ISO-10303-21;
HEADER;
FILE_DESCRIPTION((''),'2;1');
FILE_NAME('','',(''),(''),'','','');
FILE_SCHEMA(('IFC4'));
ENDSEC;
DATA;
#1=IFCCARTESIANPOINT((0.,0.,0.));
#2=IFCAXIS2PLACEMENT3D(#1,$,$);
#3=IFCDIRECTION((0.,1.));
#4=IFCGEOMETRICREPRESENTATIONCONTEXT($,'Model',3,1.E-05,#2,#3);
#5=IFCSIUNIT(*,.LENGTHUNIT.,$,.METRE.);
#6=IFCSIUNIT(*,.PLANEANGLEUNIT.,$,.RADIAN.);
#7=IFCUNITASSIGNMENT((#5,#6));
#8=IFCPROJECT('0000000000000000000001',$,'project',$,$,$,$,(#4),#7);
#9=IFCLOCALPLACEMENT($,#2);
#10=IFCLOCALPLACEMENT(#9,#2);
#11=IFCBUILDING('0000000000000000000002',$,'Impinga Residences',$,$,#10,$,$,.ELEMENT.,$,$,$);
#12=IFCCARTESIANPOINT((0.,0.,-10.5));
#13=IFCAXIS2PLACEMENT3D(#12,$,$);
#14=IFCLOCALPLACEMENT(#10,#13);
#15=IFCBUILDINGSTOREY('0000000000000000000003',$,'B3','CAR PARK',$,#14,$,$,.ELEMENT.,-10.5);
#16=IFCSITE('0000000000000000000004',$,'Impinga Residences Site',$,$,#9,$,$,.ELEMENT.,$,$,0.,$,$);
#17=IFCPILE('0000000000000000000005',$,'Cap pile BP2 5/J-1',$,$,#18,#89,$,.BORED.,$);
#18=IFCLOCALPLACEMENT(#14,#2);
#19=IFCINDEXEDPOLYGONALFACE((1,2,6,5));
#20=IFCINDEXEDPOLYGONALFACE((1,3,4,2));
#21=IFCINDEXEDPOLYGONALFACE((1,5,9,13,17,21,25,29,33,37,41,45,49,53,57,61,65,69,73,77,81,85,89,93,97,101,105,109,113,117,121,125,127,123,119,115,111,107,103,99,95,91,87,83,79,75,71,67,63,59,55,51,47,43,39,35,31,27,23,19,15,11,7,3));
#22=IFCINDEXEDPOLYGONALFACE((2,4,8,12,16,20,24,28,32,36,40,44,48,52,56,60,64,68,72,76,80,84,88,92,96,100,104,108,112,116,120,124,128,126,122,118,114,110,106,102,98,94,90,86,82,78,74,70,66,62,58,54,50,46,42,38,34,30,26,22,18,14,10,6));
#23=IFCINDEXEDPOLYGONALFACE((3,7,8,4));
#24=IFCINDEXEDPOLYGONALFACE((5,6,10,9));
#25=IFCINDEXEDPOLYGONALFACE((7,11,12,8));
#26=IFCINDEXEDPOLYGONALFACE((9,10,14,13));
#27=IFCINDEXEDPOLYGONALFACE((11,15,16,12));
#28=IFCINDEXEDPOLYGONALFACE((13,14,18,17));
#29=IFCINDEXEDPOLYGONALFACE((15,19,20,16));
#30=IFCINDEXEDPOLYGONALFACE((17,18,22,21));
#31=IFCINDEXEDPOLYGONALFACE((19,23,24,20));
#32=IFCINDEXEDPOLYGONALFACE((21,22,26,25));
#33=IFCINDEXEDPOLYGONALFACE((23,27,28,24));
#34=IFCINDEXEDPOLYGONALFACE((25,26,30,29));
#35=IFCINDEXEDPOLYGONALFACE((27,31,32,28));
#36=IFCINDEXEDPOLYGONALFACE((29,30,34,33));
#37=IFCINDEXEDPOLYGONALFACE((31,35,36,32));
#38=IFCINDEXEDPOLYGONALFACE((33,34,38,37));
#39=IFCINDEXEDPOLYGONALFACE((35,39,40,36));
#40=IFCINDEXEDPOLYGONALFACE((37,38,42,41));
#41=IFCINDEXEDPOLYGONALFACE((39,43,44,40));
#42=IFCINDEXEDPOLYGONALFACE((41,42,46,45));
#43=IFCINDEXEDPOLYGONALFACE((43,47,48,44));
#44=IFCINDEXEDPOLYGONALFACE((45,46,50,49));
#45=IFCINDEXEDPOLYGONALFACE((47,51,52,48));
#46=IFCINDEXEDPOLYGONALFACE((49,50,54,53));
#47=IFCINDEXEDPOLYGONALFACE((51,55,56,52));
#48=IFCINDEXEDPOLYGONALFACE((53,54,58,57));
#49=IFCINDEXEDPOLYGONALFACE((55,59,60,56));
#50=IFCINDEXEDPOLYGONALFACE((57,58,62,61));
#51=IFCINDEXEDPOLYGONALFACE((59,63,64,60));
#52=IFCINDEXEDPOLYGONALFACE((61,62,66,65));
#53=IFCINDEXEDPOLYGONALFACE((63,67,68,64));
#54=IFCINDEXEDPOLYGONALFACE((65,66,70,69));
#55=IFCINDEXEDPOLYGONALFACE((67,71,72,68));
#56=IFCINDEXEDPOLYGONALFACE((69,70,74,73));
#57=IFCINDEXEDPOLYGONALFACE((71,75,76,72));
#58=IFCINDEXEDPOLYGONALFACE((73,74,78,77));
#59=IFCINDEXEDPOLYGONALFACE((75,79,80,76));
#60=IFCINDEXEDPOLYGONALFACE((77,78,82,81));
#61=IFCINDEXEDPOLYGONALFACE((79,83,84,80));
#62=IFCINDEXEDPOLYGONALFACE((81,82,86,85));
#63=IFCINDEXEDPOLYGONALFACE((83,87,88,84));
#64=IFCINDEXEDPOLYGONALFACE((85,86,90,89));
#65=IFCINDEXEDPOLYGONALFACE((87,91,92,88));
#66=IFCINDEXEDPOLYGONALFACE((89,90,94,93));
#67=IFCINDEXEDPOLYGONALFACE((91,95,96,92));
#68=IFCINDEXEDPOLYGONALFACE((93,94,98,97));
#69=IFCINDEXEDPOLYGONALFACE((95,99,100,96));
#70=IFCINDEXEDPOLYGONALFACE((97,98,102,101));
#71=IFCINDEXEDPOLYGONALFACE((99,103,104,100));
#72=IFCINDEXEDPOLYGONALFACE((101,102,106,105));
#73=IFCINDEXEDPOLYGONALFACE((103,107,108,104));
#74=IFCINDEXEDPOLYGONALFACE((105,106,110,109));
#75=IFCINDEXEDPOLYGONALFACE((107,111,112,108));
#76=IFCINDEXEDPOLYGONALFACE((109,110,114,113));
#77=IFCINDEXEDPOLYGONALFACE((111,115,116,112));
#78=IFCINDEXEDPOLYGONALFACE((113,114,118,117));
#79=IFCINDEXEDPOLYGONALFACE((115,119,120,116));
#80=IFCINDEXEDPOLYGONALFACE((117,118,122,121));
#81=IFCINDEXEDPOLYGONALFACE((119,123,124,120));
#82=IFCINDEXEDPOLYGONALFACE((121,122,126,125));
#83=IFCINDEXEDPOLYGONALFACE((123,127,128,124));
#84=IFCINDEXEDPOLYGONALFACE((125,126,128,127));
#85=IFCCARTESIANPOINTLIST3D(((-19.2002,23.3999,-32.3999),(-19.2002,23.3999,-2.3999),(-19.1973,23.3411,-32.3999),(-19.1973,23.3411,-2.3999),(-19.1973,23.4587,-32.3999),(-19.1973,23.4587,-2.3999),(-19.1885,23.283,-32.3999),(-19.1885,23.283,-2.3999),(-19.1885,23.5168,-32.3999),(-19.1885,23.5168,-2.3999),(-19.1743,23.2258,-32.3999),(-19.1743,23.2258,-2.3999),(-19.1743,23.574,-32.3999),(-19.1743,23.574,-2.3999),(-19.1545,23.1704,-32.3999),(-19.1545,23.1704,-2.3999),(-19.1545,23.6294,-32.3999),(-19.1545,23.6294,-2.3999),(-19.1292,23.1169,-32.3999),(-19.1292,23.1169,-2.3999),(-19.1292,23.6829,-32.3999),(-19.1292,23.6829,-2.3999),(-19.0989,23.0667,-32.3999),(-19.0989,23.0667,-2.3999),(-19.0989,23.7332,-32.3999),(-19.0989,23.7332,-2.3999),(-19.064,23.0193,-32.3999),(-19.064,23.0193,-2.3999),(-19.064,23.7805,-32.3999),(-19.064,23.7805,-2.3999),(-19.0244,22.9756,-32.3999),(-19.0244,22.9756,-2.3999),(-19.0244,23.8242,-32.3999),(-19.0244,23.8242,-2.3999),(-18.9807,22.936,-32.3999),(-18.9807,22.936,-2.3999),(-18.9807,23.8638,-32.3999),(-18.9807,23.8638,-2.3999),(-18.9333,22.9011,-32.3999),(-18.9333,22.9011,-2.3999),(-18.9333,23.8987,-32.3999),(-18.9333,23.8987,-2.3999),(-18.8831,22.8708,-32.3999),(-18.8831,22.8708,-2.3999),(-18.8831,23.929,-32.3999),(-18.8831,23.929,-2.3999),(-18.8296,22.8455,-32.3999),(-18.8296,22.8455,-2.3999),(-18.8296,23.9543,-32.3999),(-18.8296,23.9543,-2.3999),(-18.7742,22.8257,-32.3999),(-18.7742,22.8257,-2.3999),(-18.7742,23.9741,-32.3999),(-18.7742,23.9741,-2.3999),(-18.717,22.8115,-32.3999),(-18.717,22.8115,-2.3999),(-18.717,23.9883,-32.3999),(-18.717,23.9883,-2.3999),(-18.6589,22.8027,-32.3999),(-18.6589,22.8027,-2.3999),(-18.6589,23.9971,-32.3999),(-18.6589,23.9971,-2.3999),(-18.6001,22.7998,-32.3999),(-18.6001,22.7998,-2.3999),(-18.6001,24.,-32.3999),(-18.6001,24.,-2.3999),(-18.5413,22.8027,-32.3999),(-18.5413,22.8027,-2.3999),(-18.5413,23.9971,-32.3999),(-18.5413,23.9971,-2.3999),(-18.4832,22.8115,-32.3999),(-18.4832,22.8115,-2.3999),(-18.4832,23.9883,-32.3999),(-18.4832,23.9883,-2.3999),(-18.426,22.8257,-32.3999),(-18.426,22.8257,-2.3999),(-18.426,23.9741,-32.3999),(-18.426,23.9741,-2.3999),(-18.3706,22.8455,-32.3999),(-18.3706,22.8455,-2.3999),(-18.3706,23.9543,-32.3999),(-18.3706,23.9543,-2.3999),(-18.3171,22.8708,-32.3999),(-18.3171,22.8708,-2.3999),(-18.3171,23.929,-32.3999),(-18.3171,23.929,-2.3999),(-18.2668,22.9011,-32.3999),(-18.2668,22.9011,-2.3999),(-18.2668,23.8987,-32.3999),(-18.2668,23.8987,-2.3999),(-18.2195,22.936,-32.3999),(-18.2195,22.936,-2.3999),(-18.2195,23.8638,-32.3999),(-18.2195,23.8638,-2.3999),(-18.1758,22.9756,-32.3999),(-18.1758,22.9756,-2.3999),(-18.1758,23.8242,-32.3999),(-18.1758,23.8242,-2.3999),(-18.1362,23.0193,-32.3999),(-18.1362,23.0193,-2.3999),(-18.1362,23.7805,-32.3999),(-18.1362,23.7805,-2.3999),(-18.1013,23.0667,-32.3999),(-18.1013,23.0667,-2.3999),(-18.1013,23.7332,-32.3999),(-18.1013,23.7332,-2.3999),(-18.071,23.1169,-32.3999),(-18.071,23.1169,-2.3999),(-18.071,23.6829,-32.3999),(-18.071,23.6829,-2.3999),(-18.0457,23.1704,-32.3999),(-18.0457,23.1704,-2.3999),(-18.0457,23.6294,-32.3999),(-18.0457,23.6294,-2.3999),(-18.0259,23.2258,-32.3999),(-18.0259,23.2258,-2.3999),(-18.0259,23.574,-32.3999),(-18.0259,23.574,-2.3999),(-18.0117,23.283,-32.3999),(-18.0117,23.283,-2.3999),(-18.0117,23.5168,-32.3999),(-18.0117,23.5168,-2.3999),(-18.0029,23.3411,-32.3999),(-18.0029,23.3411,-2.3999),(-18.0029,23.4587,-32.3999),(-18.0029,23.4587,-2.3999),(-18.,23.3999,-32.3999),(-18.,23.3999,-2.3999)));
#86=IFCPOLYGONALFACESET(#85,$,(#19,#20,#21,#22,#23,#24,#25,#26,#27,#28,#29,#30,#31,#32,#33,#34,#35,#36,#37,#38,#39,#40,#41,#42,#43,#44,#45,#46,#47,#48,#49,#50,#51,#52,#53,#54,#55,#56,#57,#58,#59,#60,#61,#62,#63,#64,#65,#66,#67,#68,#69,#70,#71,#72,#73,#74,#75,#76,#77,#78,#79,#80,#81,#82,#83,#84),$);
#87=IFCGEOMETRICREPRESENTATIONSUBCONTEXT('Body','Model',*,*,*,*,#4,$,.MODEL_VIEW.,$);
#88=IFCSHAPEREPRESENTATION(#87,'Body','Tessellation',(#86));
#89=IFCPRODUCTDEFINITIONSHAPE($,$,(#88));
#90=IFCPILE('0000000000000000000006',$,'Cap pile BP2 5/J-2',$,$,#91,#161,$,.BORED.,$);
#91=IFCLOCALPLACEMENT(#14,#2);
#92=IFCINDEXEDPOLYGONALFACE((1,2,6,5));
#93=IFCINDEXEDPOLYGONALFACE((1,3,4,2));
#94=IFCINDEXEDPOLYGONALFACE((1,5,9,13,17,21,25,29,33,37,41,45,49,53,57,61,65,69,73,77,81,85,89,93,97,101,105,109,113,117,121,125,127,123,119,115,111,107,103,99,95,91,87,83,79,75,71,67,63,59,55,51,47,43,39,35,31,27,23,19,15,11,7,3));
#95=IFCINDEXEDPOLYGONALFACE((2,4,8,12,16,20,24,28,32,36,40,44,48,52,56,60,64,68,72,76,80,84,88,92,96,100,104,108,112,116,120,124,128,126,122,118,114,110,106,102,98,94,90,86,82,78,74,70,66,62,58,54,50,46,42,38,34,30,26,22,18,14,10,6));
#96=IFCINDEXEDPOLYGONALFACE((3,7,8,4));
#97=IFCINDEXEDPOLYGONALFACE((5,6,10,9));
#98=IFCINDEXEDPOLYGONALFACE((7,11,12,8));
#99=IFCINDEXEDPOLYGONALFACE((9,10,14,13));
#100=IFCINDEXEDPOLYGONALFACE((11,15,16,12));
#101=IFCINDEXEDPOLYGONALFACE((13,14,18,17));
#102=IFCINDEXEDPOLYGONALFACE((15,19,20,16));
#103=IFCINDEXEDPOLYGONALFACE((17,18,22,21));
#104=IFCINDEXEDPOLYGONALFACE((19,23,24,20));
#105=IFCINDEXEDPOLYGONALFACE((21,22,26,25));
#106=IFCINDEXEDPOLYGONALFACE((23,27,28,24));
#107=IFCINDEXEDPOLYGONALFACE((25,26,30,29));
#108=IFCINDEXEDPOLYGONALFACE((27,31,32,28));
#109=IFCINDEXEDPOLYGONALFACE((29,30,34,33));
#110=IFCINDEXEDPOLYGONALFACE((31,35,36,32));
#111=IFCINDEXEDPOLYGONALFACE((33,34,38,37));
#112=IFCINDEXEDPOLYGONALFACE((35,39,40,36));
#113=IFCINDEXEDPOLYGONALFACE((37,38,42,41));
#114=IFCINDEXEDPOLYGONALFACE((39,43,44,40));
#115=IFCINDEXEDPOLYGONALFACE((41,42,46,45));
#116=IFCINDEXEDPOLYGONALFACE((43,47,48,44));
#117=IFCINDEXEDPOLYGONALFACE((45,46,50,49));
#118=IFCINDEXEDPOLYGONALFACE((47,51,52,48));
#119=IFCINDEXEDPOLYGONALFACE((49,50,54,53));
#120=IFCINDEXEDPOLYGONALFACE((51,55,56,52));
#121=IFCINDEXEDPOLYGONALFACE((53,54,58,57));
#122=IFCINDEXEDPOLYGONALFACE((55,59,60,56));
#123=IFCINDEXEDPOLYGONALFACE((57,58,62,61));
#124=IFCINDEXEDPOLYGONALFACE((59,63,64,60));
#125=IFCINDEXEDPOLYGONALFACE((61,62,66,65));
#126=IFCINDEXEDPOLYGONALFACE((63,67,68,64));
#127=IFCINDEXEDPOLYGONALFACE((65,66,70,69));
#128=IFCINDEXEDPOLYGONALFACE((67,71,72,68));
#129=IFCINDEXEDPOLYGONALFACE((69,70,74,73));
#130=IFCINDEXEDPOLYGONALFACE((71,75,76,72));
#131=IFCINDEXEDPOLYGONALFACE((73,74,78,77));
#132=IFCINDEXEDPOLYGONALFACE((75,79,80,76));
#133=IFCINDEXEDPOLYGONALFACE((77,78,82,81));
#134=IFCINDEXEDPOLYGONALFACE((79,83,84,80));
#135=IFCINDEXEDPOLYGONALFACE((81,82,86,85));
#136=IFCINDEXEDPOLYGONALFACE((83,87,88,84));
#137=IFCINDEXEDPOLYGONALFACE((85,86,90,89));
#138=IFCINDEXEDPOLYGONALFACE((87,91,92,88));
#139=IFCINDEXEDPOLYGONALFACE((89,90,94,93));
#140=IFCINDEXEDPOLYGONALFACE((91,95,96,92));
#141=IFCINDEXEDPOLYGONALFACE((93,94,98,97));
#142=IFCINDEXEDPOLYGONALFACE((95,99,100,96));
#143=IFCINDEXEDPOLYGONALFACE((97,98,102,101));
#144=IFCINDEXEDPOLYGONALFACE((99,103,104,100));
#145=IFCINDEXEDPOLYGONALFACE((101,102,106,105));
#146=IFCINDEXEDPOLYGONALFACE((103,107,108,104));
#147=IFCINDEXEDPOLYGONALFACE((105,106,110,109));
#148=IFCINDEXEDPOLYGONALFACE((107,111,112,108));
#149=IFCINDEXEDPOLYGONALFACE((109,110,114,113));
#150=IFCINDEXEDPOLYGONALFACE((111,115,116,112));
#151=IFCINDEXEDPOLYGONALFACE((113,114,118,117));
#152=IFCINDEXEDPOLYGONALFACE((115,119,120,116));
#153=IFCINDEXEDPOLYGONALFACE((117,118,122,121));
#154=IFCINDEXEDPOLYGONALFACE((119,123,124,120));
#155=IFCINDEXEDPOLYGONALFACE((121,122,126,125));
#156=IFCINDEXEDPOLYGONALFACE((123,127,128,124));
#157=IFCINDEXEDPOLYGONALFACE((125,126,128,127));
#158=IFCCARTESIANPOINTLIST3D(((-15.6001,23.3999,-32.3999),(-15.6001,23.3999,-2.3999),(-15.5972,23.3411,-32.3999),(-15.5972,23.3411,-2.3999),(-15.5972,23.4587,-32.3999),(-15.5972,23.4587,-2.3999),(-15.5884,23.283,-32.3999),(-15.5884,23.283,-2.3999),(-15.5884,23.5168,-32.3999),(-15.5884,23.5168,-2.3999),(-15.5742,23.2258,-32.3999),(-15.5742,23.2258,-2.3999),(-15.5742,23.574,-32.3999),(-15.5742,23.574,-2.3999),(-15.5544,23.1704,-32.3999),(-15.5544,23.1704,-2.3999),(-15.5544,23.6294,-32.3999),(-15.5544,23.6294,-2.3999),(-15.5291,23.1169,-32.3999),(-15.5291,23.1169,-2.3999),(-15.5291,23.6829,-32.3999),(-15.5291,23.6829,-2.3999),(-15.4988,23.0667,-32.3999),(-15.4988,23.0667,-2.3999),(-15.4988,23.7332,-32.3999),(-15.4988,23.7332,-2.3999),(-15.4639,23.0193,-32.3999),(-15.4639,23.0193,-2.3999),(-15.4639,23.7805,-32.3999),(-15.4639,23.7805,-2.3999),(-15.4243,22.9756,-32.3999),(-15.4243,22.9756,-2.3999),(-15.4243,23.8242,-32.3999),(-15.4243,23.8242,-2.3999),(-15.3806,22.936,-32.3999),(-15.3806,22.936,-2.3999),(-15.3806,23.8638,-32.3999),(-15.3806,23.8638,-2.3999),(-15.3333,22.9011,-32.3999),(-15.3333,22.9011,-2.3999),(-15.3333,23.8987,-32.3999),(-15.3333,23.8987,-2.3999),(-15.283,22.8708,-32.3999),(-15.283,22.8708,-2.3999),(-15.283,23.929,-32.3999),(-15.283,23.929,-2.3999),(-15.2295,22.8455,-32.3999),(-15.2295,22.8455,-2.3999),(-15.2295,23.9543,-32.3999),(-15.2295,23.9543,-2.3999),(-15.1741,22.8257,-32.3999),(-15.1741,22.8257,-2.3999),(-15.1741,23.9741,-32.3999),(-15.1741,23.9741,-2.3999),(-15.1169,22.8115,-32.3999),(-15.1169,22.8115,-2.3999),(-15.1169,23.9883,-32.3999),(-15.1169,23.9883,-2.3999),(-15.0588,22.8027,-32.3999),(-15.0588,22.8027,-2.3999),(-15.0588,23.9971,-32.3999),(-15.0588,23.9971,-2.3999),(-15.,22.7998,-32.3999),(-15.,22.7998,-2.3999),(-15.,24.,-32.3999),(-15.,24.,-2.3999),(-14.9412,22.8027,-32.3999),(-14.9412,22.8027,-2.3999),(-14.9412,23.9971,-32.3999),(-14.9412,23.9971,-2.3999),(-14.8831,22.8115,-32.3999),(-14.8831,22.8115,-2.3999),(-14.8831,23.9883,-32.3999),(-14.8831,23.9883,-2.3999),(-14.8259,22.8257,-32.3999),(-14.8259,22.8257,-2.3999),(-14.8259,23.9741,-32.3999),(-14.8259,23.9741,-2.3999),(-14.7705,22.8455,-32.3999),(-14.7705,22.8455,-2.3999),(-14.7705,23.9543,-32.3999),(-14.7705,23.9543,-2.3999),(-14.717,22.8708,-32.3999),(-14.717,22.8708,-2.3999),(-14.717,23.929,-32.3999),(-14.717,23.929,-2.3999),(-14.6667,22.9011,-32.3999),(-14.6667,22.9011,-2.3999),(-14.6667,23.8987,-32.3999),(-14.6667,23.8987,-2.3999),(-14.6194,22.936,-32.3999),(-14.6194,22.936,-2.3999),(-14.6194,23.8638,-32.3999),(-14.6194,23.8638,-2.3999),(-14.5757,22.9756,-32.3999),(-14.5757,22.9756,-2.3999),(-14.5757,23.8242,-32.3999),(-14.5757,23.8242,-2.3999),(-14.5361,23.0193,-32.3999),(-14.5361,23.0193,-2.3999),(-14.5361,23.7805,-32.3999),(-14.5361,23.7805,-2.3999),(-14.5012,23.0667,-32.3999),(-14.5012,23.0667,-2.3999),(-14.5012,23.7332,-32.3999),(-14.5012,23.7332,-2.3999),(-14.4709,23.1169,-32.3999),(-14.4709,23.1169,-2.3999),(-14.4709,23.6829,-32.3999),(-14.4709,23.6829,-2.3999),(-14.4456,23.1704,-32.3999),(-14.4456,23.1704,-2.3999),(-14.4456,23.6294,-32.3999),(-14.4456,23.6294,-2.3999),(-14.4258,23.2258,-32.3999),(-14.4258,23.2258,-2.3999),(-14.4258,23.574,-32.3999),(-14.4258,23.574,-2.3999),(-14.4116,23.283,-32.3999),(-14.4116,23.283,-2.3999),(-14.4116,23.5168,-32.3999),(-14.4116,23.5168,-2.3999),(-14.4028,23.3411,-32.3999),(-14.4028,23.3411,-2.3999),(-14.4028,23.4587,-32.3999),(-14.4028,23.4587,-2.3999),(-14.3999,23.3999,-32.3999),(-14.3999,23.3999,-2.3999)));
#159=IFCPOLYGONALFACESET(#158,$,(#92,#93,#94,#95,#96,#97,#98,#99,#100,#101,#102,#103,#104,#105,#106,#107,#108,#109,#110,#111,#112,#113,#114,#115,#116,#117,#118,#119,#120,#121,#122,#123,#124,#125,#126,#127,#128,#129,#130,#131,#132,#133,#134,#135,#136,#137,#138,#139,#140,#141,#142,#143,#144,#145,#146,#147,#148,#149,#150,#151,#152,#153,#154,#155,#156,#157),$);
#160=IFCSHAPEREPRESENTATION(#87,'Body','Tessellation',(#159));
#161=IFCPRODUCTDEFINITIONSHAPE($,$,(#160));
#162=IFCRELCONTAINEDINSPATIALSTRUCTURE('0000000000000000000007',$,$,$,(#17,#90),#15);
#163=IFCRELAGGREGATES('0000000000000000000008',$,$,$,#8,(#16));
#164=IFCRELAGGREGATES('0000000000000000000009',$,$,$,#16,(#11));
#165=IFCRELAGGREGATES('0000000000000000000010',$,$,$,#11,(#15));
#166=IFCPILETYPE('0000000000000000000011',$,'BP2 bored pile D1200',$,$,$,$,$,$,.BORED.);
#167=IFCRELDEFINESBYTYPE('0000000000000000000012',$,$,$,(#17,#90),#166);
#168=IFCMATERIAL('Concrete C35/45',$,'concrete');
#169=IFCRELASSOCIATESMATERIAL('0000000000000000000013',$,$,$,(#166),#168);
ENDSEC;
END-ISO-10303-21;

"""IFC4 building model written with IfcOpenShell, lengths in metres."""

from ifc_helpers import new_model, si_unit, direction, frame, origin, origin_2d, place, context, subcontext, project, spatial, polyline, circle, outline, extrude, material, material_profile, profile_set, type_object, element, save


model = new_model("IFC4")

# Units and contexts
model_context = context("Model", 3, precision=1e-05, world=origin(), true_north=direction((0.0, 1.0)))
body_context = subcontext(model_context, "Body", "Model", "MODEL_VIEW")
ifc_project = project(units=[si_unit("LENGTHUNIT", "METRE"), si_unit("PLANEANGLEUNIT", "RADIAN")], contexts=[model_context])

# Site, building, storey
site_placement = place(None, origin())
site = spatial("IfcSite", under=ifc_project, at=site_placement, Name="Impinga Residences Site", CompositionType="ELEMENT", RefElevation=0.0)
building_placement = place(site_placement, origin())
building = spatial("IfcBuilding", under=site, at=building_placement, Name="Impinga Residences", CompositionType="ELEMENT")
storey_placement = place(building_placement, frame((0.0, 0.0, -10.5)))
storey = spatial("IfcBuildingStorey", under=building, at=storey_placement, Name="B3", Description="CAR PARK", CompositionType="ELEMENT", Elevation=-10.5)

# Piles
ifc_material_1 = material(Name="Concrete C35/45", Category="concrete")
ifc_material_profile_1 = material_profile(ifc_material_1, circle(Radius=0.6001, at=origin_2d()), Name="D1200")
ifc_profile_set_1 = profile_set([ifc_material_profile_1], Name="Concrete C35/45")
pile_type_1 = type_object("IfcPileType", Name="BP2 bored pile D1200", PredefinedType="BORED", material=ifc_profile_set_1)
pile_1_placement = place(storey_placement, frame((-18.6001, 23.3999, -2.3999), z_axis=(0.0, 0.0, -1.0), x_axis=(1.0, 0.0, 0.0)))
element("IfcPile", 1, at=pile_1_placement, inside=storey, type_object=pile_type_1, Name="Cap pile BP2 5/J-1", PredefinedType="BORED", context=body_context, shape_type="SweptSolid", body=[
    extrude(outline(polyline([(0.6001, 0.0), (0.5972, 0.0588), (0.5884, 0.1169), (0.5742, 0.1741), (0.5544, 0.2295), (0.5291, 0.283), (0.4988, 0.3333), (0.4639, 0.3806), (0.4243, 0.4243), (0.3806, 0.4639), (0.3333, 0.4988), (0.283, 0.5291), (0.2295, 0.5544), (0.1741, 0.5742), (0.1169, 0.5884), (0.0588, 0.5972), (0.0, 0.6001), (-0.0588, 0.5972), (-0.1169, 0.5884), (-0.1741, 0.5742), (-0.2295, 0.5544), (-0.283, 0.5291), (-0.3333, 0.4988), (-0.3806, 0.4639), (-0.4243, 0.4243), (-0.4639, 0.3806), (-0.4988, 0.3333), (-0.5291, 0.283), (-0.5544, 0.2295), (-0.5742, 0.1741), (-0.5884, 0.1169), (-0.5972, 0.0588), (-0.6001, 0.0), (-0.5972, -0.0588), (-0.5884, -0.1169), (-0.5742, -0.1741), (-0.5544, -0.2295), (-0.5291, -0.283), (-0.4988, -0.3333), (-0.4639, -0.3806), (-0.4243, -0.4243), (-0.3806, -0.4639), (-0.3333, -0.4988), (-0.283, -0.5291), (-0.2295, -0.5544), (-0.1741, -0.5742), (-0.1169, -0.5884), (-0.0588, -0.5972), (0.0, -0.6001), (0.0588, -0.5972), (0.1169, -0.5884), (0.1741, -0.5742), (0.2295, -0.5544), (0.283, -0.5291), (0.3333, -0.4988), (0.3806, -0.4639), (0.4243, -0.4243), (0.4639, -0.3806), (0.4988, -0.3333), (0.5291, -0.283), (0.5544, -0.2295), (0.5742, -0.1741), (0.5884, -0.1169), (0.5972, -0.0588), (0.6001, 0.0)])), origin(), (0.0, 0.0, 1.0), 30.0),
])
pile_2_placement = place(storey_placement, frame((-15.0, 23.3999, -2.3999), z_axis=(0.0, 0.0, -1.0), x_axis=(1.0, 0.0, 0.0)))
element("IfcPile", 2, at=pile_2_placement, inside=storey, type_object=pile_type_1, Name="Cap pile BP2 5/J-2", PredefinedType="BORED", context=body_context, shape_type="SweptSolid", body=[
    extrude(outline(polyline([(0.6001, 0.0), (0.5972, 0.0588), (0.5884, 0.1169), (0.5742, 0.1741), (0.5544, 0.2295), (0.5291, 0.283), (0.4988, 0.3333), (0.4639, 0.3806), (0.4243, 0.4243), (0.3806, 0.4639), (0.3333, 0.4988), (0.283, 0.5291), (0.2295, 0.5544), (0.1741, 0.5742), (0.1169, 0.5884), (0.0588, 0.5972), (0.0, 0.6001), (-0.0588, 0.5972), (-0.1169, 0.5884), (-0.1741, 0.5742), (-0.2295, 0.5544), (-0.283, 0.5291), (-0.3333, 0.4988), (-0.3806, 0.4639), (-0.4243, 0.4243), (-0.4639, 0.3806), (-0.4988, 0.3333), (-0.5291, 0.283), (-0.5544, 0.2295), (-0.5742, 0.1741), (-0.5884, 0.1169), (-0.5972, 0.0588), (-0.6001, 0.0), (-0.5972, -0.0588), (-0.5884, -0.1169), (-0.5742, -0.1741), (-0.5544, -0.2295), (-0.5291, -0.283), (-0.4988, -0.3333), (-0.4639, -0.3806), (-0.4243, -0.4243), (-0.3806, -0.4639), (-0.3333, -0.4988), (-0.283, -0.5291), (-0.2295, -0.5544), (-0.1741, -0.5742), (-0.1169, -0.5884), (-0.0588, -0.5972), (0.0, -0.6001), (0.0588, -0.5972), (0.1169, -0.5884), (0.1741, -0.5742), (0.2295, -0.5544), (0.283, -0.5291), (0.3333, -0.4988), (0.3806, -0.4639), (0.4243, -0.4243), (0.4639, -0.3806), (0.4988, -0.3333), (0.5291, -0.283), (0.5544, -0.2295), (0.5742, -0.1741), (0.5884, -0.1169), (0.5972, -0.0588), (0.6001, 0.0)])), origin(), (0.0, 0.0, 1.0), 30.0),
])

save(model, "model.ifc")
